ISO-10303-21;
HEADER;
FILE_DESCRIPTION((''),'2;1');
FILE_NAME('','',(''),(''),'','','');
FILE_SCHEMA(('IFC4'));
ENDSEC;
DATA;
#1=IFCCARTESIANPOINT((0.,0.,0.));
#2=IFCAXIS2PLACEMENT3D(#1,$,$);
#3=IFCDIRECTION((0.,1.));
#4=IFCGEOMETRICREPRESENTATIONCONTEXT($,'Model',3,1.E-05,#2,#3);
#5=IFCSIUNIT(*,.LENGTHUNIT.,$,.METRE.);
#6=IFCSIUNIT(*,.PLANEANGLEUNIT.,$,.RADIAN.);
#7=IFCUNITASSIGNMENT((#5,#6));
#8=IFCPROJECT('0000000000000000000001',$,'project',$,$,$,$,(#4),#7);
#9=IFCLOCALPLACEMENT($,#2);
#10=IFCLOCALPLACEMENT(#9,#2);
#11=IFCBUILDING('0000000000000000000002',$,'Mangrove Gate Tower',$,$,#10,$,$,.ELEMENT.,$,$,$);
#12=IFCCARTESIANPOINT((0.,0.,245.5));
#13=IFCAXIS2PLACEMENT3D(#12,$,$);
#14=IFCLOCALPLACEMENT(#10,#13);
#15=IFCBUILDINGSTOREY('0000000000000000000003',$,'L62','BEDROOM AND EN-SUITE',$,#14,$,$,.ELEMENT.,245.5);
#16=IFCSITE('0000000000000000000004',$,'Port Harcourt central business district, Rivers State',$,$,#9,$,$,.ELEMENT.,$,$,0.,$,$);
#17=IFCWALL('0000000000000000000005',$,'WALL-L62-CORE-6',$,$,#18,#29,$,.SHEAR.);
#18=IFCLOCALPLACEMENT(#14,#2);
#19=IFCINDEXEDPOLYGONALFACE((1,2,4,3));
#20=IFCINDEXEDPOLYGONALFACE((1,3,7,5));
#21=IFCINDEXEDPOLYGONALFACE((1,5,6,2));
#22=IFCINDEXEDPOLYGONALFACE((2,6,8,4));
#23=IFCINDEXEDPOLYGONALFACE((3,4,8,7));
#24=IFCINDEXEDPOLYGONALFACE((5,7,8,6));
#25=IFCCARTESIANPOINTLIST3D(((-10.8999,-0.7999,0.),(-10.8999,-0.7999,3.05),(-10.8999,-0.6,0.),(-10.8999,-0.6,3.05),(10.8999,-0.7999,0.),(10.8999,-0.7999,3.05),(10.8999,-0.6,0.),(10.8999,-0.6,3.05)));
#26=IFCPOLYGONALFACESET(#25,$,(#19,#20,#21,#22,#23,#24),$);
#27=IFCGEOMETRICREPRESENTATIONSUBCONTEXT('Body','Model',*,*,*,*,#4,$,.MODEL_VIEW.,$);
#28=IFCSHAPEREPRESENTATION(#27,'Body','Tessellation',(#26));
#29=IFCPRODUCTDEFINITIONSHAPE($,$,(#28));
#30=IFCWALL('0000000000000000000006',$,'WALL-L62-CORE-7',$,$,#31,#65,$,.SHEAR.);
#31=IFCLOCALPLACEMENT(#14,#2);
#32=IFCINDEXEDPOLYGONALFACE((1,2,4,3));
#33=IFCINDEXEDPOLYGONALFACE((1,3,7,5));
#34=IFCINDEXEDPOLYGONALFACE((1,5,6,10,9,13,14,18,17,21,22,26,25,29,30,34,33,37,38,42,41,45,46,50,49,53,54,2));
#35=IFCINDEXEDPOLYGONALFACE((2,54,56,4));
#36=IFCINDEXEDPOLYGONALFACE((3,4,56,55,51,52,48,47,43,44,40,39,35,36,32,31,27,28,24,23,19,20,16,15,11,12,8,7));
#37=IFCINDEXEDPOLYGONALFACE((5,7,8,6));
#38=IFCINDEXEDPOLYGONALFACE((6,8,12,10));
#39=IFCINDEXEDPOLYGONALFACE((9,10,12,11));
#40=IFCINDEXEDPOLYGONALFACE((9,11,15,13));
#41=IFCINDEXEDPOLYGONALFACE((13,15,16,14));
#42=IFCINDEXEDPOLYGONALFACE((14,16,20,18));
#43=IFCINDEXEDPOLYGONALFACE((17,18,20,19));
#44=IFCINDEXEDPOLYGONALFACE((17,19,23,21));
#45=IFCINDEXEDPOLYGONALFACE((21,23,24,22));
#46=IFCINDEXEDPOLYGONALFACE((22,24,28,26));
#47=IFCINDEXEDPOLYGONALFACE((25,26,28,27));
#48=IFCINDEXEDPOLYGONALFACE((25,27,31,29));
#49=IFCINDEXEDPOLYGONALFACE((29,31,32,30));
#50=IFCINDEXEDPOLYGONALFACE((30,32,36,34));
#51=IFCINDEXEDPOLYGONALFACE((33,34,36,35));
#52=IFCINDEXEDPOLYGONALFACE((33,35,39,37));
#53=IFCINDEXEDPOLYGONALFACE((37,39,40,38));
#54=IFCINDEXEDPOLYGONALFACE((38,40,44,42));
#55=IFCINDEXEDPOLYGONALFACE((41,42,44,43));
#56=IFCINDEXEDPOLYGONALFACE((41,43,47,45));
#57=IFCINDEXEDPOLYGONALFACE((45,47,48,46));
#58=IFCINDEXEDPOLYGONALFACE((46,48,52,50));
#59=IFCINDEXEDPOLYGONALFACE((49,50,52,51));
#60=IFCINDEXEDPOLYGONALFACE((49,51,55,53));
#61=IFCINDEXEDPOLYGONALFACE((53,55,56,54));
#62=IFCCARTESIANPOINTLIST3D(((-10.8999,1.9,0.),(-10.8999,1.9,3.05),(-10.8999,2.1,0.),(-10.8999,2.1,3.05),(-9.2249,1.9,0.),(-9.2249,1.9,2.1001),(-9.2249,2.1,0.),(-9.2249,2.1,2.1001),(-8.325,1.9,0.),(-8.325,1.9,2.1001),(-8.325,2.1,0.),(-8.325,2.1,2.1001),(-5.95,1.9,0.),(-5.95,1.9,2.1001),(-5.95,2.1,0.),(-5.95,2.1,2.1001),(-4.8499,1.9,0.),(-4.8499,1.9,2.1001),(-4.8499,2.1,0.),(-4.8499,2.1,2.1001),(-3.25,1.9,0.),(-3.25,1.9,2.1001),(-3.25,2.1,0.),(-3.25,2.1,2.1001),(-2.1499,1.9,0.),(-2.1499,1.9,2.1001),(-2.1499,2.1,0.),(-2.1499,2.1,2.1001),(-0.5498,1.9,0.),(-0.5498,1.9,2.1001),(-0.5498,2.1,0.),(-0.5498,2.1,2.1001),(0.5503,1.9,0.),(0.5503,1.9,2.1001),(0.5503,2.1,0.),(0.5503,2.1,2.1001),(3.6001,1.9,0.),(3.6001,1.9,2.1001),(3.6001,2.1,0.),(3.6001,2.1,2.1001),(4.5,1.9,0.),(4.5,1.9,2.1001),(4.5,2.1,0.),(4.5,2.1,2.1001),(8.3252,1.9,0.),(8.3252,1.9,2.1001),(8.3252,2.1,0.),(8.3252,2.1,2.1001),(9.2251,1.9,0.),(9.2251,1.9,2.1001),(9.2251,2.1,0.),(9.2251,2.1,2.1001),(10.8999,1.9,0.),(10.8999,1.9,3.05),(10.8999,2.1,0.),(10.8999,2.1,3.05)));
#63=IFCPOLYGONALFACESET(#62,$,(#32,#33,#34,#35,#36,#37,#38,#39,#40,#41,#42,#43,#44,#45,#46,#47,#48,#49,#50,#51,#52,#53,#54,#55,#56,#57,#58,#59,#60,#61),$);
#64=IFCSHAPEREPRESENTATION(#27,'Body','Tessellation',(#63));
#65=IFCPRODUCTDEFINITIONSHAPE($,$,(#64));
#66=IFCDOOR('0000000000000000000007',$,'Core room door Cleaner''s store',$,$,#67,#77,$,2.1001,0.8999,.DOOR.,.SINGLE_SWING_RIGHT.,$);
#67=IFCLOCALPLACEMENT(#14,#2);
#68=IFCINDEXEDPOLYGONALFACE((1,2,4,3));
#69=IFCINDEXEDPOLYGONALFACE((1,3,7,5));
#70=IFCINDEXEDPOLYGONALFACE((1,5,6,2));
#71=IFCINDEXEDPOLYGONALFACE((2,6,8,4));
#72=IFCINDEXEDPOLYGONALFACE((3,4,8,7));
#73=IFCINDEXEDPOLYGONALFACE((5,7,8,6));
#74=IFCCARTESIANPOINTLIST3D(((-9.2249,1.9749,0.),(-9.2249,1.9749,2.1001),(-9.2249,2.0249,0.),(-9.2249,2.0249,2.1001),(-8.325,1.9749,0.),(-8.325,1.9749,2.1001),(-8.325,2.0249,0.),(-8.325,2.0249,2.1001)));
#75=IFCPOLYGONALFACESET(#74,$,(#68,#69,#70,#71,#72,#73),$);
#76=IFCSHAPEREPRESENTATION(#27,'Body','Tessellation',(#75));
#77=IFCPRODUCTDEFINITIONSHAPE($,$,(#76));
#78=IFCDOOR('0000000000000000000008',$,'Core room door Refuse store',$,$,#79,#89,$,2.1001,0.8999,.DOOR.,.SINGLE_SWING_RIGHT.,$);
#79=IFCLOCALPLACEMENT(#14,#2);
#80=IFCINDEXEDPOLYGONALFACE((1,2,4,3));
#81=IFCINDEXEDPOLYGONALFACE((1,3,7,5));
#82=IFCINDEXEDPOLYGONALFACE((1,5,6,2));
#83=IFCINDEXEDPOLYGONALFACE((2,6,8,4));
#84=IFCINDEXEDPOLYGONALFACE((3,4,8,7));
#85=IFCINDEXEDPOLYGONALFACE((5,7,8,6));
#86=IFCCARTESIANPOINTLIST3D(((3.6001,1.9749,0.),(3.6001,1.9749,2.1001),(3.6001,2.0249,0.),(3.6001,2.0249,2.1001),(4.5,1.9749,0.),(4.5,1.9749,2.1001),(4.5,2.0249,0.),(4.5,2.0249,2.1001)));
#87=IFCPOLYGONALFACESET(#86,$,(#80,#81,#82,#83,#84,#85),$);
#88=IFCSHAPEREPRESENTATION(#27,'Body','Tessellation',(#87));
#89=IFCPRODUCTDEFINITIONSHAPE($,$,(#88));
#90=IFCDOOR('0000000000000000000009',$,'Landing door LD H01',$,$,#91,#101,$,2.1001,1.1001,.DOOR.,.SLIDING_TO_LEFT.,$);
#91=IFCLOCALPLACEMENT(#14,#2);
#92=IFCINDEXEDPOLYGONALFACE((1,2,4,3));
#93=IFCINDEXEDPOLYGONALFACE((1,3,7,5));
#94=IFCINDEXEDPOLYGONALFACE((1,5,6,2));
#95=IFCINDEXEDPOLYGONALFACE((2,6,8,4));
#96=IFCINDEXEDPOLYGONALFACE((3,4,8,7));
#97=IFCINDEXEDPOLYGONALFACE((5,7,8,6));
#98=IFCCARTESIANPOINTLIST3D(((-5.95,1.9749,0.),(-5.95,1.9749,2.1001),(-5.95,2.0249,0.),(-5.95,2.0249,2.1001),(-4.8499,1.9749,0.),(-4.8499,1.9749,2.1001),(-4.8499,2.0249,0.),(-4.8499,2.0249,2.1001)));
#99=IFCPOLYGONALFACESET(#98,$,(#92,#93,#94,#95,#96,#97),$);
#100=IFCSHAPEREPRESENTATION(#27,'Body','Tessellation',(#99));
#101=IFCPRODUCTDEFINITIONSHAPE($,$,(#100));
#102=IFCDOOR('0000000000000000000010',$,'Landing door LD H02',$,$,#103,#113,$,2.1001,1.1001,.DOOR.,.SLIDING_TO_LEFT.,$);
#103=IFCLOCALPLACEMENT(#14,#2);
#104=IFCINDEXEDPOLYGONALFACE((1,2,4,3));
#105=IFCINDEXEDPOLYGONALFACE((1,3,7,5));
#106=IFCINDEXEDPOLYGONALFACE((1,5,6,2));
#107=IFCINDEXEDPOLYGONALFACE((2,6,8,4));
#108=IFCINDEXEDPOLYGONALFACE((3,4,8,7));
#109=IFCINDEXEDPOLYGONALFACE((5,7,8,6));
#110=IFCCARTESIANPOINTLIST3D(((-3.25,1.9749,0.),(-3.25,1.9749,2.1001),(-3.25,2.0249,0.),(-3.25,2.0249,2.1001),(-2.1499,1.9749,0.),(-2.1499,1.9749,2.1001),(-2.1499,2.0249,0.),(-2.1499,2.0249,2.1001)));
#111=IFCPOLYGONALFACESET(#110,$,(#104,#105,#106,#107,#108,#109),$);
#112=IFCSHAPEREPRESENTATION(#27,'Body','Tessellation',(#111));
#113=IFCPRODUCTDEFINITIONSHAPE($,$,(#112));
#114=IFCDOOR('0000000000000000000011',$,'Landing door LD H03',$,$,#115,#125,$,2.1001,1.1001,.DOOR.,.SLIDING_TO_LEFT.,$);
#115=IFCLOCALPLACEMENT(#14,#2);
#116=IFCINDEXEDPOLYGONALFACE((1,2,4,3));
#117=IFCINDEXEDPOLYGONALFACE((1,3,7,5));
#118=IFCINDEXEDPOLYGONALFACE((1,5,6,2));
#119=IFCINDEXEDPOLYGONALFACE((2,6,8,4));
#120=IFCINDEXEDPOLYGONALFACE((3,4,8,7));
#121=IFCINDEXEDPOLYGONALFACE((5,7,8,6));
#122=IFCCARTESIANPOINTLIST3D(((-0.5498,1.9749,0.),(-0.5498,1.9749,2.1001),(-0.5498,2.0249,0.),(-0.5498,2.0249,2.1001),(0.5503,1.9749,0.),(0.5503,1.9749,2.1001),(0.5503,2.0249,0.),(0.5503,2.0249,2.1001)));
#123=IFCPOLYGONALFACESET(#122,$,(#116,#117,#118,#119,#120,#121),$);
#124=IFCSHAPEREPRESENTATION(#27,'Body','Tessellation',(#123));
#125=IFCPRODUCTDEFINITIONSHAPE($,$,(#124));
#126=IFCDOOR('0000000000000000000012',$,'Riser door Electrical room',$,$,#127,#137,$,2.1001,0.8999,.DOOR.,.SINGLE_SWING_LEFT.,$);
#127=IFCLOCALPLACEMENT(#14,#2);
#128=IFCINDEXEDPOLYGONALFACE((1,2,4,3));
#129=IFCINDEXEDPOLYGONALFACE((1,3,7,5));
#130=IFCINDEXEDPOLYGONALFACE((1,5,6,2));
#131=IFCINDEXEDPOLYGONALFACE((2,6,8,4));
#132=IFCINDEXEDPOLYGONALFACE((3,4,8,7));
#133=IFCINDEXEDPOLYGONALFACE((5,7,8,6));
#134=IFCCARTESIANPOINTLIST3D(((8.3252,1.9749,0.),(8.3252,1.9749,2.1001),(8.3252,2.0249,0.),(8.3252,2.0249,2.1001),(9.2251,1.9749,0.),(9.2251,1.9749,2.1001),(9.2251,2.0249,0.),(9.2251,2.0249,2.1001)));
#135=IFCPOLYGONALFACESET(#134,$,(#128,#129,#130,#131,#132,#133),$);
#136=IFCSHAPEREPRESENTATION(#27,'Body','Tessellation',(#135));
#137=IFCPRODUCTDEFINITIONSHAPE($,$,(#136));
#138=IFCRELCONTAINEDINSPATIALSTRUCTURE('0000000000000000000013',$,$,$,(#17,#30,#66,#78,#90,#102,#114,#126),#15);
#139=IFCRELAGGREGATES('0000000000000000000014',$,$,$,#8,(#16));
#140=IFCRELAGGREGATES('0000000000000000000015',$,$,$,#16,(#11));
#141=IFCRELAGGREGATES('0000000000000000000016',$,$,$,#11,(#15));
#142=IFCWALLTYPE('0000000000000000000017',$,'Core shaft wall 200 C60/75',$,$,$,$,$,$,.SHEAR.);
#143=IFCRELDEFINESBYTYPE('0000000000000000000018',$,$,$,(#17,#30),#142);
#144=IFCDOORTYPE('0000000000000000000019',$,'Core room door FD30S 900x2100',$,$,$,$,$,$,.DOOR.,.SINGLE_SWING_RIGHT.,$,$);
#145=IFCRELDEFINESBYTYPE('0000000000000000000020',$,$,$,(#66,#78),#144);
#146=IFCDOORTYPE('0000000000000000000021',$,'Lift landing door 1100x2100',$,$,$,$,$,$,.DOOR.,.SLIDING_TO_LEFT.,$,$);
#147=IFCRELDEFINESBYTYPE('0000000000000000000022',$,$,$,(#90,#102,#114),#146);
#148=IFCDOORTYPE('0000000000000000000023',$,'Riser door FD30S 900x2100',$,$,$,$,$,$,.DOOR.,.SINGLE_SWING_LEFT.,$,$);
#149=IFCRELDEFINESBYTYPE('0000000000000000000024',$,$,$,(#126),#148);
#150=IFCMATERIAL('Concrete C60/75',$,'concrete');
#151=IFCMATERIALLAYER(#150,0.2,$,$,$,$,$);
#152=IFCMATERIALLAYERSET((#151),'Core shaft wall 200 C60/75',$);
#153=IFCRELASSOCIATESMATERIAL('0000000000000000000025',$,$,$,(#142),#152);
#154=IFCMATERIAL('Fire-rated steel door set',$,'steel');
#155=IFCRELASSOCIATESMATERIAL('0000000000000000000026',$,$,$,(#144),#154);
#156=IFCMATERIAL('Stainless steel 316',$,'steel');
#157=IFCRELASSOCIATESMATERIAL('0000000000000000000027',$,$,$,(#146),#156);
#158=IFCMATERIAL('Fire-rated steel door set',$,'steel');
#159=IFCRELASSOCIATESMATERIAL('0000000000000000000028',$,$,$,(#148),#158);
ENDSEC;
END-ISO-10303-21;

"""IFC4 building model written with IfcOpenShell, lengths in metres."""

from ifc_helpers import new_model, si_unit, direction, frame, frame_2d, origin, place, context, subcontext, project, spatial, rectangle, extrude, material, layer, layer_set, type_object, element, fill, save


model = new_model("IFC4")

# Units and contexts
model_context = context("Model", 3, precision=1e-05, world=origin(), true_north=direction((0.0, 1.0)))
body_context = subcontext(model_context, "Body", "Model", "MODEL_VIEW")
ifc_project = project(units=[si_unit("LENGTHUNIT", "METRE"), si_unit("PLANEANGLEUNIT", "RADIAN")], contexts=[model_context])

# Site, building, storey
site_placement = place(None, origin())
site = spatial("IfcSite", under=ifc_project, at=site_placement, Name="Port Harcourt central business district, Rivers State", CompositionType="ELEMENT", RefElevation=0.0)
building_placement = place(site_placement, origin())
building = spatial("IfcBuilding", under=site, at=building_placement, Name="Mangrove Gate Tower", CompositionType="ELEMENT")
storey_placement = place(building_placement, frame((0.0, 0.0, 245.5)))
storey = spatial("IfcBuildingStorey", under=building, at=storey_placement, Name="L62", Description="BEDROOM AND EN-SUITE", CompositionType="ELEMENT", Elevation=245.5)

# Wall
ifc_material_1 = material(Name="Concrete C60/75", Category="concrete")
ifc_layer_1 = layer(ifc_material_1, 0.2)
ifc_layer_set_1 = layer_set([ifc_layer_1], Name="Core shaft wall 200 C60/75")
wall_type_1 = type_object("IfcWallType", Name="Core shaft wall 200 C60/75", PredefinedType="SHEAR", material=ifc_layer_set_1)
wall_1_placement = place(storey_placement, frame((-10.8999, -0.7, 0.0), z_axis=(0.0, 0.0, 1.0), x_axis=(1.0, 0.0, 0.0)))
element("IfcWall", 1, at=wall_1_placement, inside=storey, type_object=wall_type_1, Name="WALL-L62-CORE-6", PredefinedType="SHEAR", context=body_context, shape_type="SweptSolid", body=[
    extrude(rectangle(XDim=21.7998, YDim=0.2, at=frame_2d((10.8999, 0.0))), origin(), (0.0, 0.0, 1.0), 3.05),
])

# Wall, openings, doors
wall_2_placement = place(storey_placement, frame((-10.8999, 2.0, 0.0), z_axis=(0.0, 0.0, 1.0), x_axis=(1.0, 0.0, 0.0)))
wall_2 = element("IfcWall", 2, at=wall_2_placement, inside=storey, type_object=wall_type_1, Name="WALL-L62-CORE-7", PredefinedType="SHEAR", context=body_context, shape_type="SweptSolid", body=[
    extrude(rectangle(XDim=21.7998, YDim=0.2, at=frame_2d((10.8999, 0.0))), origin(), (0.0, 0.0, 1.0), 3.05),
])
opening_1_placement = place(wall_2_placement, frame((4.95, 0.0, 0.0)))
opening_1 = element("IfcOpeningElement", 3, at=opening_1_placement, cuts=wall_2, PredefinedType="OPENING", context=body_context, shape_type="SweptSolid", body=[
    extrude(rectangle(XDim=1.1001, YDim=2.1001, at=frame_2d((0.55, 1.05))), frame((0.0, 0.1099, 0.0), z_axis=(0.0, -1.0, 0.0), x_axis=(1.0, 0.0, 0.0)), (0.0, 0.0, 1.0), 0.22),
])
opening_2_placement = place(wall_2_placement, frame((7.6499, 0.0, 0.0)))
opening_2 = element("IfcOpeningElement", 4, at=opening_2_placement, cuts=wall_2, PredefinedType="OPENING", context=body_context, shape_type="SweptSolid", body=[
    extrude(rectangle(XDim=1.1001, YDim=2.1001, at=frame_2d((0.55, 1.05))), frame((0.0, 0.1099, 0.0), z_axis=(0.0, -1.0, 0.0), x_axis=(1.0, 0.0, 0.0)), (0.0, 0.0, 1.0), 0.22),
])
opening_3_placement = place(wall_2_placement, frame((10.3501, 0.0, 0.0)))
opening_3 = element("IfcOpeningElement", 5, at=opening_3_placement, cuts=wall_2, PredefinedType="OPENING", context=body_context, shape_type="SweptSolid", body=[
    extrude(rectangle(XDim=1.1001, YDim=2.1001, at=frame_2d((0.55, 1.05))), frame((0.0, 0.1099, 0.0), z_axis=(0.0, -1.0, 0.0), x_axis=(1.0, 0.0, 0.0)), (0.0, 0.0, 1.0), 0.22),
])
opening_4_placement = place(wall_2_placement, frame((1.675, 0.0, 0.0)))
opening_4 = element("IfcOpeningElement", 6, at=opening_4_placement, cuts=wall_2, PredefinedType="OPENING", context=body_context, shape_type="SweptSolid", body=[
    extrude(rectangle(XDim=0.8999, YDim=2.1001, at=frame_2d((0.45, 1.05))), frame((0.0, 0.1099, 0.0), z_axis=(0.0, -1.0, 0.0), x_axis=(1.0, 0.0, 0.0)), (0.0, 0.0, 1.0), 0.22),
])
opening_5_placement = place(wall_2_placement, frame((14.5, 0.0, 0.0)))
opening_5 = element("IfcOpeningElement", 7, at=opening_5_placement, cuts=wall_2, PredefinedType="OPENING", context=body_context, shape_type="SweptSolid", body=[
    extrude(rectangle(XDim=0.8999, YDim=2.1001, at=frame_2d((0.45, 1.05))), frame((0.0, 0.1099, 0.0), z_axis=(0.0, -1.0, 0.0), x_axis=(1.0, 0.0, 0.0)), (0.0, 0.0, 1.0), 0.22),
])
opening_6_placement = place(wall_2_placement, frame((19.2251, 0.0, 0.0)))
opening_6 = element("IfcOpeningElement", 8, at=opening_6_placement, cuts=wall_2, PredefinedType="OPENING", context=body_context, shape_type="SweptSolid", body=[
    extrude(rectangle(XDim=0.8999, YDim=2.1001, at=frame_2d((0.45, 1.05))), frame((0.0, 0.1099, 0.0), z_axis=(0.0, -1.0, 0.0), x_axis=(1.0, 0.0, 0.0)), (0.0, 0.0, 1.0), 0.22),
])
ifc_material_2 = material(Name="Fire-rated steel door set", Category="steel")
door_type_1 = type_object("IfcDoorType", Name="Core room door FD30S 900x2100", OperationType="SINGLE_SWING_RIGHT", PredefinedType="DOOR", material=ifc_material_2)
door_1_placement = place(opening_4_placement, origin())
door_1 = element("IfcDoor", 9, at=door_1_placement, inside=storey, type_object=door_type_1, Name="Core room door Cleaner's store", OperationType="SINGLE_SWING_RIGHT", OverallHeight=2.1001, OverallWidth=0.8999, PredefinedType="DOOR", context=body_context, shape_type="SweptSolid", body=[
    extrude(rectangle(XDim=0.8999, YDim=2.1001, at=frame_2d((0.45, 1.05))), frame((0.0, 0.0249, 0.0), z_axis=(0.0, -1.0, 0.0), x_axis=(1.0, 0.0, 0.0)), (0.0, 0.0, 1.0), 0.05),
])
fill(opening_4, door_1)
door_2_placement = place(opening_5_placement, origin())
door_2 = element("IfcDoor", 10, at=door_2_placement, inside=storey, type_object=door_type_1, Name="Core room door Refuse store", OperationType="SINGLE_SWING_RIGHT", OverallHeight=2.1001, OverallWidth=0.8999, PredefinedType="DOOR", context=body_context, shape_type="SweptSolid", body=[
    extrude(rectangle(XDim=0.8999, YDim=2.1001, at=frame_2d((0.45, 1.05))), frame((0.0, 0.0249, 0.0), z_axis=(0.0, -1.0, 0.0), x_axis=(1.0, 0.0, 0.0)), (0.0, 0.0, 1.0), 0.05),
])
fill(opening_5, door_2)
ifc_material_3 = material(Name="Stainless steel 316", Category="steel")
door_type_2 = type_object("IfcDoorType", Name="Lift landing door 1100x2100", OperationType="SLIDING_TO_LEFT", PredefinedType="DOOR", material=ifc_material_3)
door_3_placement = place(opening_1_placement, origin())
door_3 = element("IfcDoor", 11, at=door_3_placement, inside=storey, type_object=door_type_2, Name="Landing door LD H01", OperationType="SLIDING_TO_LEFT", OverallHeight=2.1001, OverallWidth=1.1001, PredefinedType="DOOR", context=body_context, shape_type="SweptSolid", body=[
    extrude(rectangle(XDim=1.1001, YDim=2.1001, at=frame_2d((0.55, 1.05))), frame((0.0, 0.0249, 0.0), z_axis=(0.0, -1.0, 0.0), x_axis=(1.0, 0.0, 0.0)), (0.0, 0.0, 1.0), 0.05),
])
fill(opening_1, door_3)
door_4_placement = place(opening_2_placement, origin())
door_4 = element("IfcDoor", 12, at=door_4_placement, inside=storey, type_object=door_type_2, Name="Landing door LD H02", OperationType="SLIDING_TO_LEFT", OverallHeight=2.1001, OverallWidth=1.1001, PredefinedType="DOOR", context=body_context, shape_type="SweptSolid", body=[
    extrude(rectangle(XDim=1.1001, YDim=2.1001, at=frame_2d((0.55, 1.05))), frame((0.0, 0.0249, 0.0), z_axis=(0.0, -1.0, 0.0), x_axis=(1.0, 0.0, 0.0)), (0.0, 0.0, 1.0), 0.05),
])
fill(opening_2, door_4)
door_5_placement = place(opening_3_placement, origin())
door_5 = element("IfcDoor", 13, at=door_5_placement, inside=storey, type_object=door_type_2, Name="Landing door LD H03", OperationType="SLIDING_TO_LEFT", OverallHeight=2.1001, OverallWidth=1.1001, PredefinedType="DOOR", context=body_context, shape_type="SweptSolid", body=[
    extrude(rectangle(XDim=1.1001, YDim=2.1001, at=frame_2d((0.55, 1.05))), frame((0.0, 0.0249, 0.0), z_axis=(0.0, -1.0, 0.0), x_axis=(1.0, 0.0, 0.0)), (0.0, 0.0, 1.0), 0.05),
])
fill(opening_3, door_5)
ifc_material_4 = material(Name="Fire-rated steel door set", Category="steel")
door_type_3 = type_object("IfcDoorType", Name="Riser door FD30S 900x2100", OperationType="SINGLE_SWING_LEFT", PredefinedType="DOOR", material=ifc_material_4)
door_6_placement = place(opening_6_placement, origin())
door_6 = element("IfcDoor", 14, at=door_6_placement, inside=storey, type_object=door_type_3, Name="Riser door Electrical room", OperationType="SINGLE_SWING_LEFT", OverallHeight=2.1001, OverallWidth=0.8999, PredefinedType="DOOR", context=body_context, shape_type="SweptSolid", body=[
    extrude(rectangle(XDim=0.8999, YDim=2.1001, at=frame_2d((0.45, 1.05))), frame((0.0, 0.0249, 0.0), z_axis=(0.0, -1.0, 0.0), x_axis=(1.0, 0.0, 0.0)), (0.0, 0.0, 1.0), 0.05),
])
fill(opening_6, door_6)

save(model, "model.ifc")
